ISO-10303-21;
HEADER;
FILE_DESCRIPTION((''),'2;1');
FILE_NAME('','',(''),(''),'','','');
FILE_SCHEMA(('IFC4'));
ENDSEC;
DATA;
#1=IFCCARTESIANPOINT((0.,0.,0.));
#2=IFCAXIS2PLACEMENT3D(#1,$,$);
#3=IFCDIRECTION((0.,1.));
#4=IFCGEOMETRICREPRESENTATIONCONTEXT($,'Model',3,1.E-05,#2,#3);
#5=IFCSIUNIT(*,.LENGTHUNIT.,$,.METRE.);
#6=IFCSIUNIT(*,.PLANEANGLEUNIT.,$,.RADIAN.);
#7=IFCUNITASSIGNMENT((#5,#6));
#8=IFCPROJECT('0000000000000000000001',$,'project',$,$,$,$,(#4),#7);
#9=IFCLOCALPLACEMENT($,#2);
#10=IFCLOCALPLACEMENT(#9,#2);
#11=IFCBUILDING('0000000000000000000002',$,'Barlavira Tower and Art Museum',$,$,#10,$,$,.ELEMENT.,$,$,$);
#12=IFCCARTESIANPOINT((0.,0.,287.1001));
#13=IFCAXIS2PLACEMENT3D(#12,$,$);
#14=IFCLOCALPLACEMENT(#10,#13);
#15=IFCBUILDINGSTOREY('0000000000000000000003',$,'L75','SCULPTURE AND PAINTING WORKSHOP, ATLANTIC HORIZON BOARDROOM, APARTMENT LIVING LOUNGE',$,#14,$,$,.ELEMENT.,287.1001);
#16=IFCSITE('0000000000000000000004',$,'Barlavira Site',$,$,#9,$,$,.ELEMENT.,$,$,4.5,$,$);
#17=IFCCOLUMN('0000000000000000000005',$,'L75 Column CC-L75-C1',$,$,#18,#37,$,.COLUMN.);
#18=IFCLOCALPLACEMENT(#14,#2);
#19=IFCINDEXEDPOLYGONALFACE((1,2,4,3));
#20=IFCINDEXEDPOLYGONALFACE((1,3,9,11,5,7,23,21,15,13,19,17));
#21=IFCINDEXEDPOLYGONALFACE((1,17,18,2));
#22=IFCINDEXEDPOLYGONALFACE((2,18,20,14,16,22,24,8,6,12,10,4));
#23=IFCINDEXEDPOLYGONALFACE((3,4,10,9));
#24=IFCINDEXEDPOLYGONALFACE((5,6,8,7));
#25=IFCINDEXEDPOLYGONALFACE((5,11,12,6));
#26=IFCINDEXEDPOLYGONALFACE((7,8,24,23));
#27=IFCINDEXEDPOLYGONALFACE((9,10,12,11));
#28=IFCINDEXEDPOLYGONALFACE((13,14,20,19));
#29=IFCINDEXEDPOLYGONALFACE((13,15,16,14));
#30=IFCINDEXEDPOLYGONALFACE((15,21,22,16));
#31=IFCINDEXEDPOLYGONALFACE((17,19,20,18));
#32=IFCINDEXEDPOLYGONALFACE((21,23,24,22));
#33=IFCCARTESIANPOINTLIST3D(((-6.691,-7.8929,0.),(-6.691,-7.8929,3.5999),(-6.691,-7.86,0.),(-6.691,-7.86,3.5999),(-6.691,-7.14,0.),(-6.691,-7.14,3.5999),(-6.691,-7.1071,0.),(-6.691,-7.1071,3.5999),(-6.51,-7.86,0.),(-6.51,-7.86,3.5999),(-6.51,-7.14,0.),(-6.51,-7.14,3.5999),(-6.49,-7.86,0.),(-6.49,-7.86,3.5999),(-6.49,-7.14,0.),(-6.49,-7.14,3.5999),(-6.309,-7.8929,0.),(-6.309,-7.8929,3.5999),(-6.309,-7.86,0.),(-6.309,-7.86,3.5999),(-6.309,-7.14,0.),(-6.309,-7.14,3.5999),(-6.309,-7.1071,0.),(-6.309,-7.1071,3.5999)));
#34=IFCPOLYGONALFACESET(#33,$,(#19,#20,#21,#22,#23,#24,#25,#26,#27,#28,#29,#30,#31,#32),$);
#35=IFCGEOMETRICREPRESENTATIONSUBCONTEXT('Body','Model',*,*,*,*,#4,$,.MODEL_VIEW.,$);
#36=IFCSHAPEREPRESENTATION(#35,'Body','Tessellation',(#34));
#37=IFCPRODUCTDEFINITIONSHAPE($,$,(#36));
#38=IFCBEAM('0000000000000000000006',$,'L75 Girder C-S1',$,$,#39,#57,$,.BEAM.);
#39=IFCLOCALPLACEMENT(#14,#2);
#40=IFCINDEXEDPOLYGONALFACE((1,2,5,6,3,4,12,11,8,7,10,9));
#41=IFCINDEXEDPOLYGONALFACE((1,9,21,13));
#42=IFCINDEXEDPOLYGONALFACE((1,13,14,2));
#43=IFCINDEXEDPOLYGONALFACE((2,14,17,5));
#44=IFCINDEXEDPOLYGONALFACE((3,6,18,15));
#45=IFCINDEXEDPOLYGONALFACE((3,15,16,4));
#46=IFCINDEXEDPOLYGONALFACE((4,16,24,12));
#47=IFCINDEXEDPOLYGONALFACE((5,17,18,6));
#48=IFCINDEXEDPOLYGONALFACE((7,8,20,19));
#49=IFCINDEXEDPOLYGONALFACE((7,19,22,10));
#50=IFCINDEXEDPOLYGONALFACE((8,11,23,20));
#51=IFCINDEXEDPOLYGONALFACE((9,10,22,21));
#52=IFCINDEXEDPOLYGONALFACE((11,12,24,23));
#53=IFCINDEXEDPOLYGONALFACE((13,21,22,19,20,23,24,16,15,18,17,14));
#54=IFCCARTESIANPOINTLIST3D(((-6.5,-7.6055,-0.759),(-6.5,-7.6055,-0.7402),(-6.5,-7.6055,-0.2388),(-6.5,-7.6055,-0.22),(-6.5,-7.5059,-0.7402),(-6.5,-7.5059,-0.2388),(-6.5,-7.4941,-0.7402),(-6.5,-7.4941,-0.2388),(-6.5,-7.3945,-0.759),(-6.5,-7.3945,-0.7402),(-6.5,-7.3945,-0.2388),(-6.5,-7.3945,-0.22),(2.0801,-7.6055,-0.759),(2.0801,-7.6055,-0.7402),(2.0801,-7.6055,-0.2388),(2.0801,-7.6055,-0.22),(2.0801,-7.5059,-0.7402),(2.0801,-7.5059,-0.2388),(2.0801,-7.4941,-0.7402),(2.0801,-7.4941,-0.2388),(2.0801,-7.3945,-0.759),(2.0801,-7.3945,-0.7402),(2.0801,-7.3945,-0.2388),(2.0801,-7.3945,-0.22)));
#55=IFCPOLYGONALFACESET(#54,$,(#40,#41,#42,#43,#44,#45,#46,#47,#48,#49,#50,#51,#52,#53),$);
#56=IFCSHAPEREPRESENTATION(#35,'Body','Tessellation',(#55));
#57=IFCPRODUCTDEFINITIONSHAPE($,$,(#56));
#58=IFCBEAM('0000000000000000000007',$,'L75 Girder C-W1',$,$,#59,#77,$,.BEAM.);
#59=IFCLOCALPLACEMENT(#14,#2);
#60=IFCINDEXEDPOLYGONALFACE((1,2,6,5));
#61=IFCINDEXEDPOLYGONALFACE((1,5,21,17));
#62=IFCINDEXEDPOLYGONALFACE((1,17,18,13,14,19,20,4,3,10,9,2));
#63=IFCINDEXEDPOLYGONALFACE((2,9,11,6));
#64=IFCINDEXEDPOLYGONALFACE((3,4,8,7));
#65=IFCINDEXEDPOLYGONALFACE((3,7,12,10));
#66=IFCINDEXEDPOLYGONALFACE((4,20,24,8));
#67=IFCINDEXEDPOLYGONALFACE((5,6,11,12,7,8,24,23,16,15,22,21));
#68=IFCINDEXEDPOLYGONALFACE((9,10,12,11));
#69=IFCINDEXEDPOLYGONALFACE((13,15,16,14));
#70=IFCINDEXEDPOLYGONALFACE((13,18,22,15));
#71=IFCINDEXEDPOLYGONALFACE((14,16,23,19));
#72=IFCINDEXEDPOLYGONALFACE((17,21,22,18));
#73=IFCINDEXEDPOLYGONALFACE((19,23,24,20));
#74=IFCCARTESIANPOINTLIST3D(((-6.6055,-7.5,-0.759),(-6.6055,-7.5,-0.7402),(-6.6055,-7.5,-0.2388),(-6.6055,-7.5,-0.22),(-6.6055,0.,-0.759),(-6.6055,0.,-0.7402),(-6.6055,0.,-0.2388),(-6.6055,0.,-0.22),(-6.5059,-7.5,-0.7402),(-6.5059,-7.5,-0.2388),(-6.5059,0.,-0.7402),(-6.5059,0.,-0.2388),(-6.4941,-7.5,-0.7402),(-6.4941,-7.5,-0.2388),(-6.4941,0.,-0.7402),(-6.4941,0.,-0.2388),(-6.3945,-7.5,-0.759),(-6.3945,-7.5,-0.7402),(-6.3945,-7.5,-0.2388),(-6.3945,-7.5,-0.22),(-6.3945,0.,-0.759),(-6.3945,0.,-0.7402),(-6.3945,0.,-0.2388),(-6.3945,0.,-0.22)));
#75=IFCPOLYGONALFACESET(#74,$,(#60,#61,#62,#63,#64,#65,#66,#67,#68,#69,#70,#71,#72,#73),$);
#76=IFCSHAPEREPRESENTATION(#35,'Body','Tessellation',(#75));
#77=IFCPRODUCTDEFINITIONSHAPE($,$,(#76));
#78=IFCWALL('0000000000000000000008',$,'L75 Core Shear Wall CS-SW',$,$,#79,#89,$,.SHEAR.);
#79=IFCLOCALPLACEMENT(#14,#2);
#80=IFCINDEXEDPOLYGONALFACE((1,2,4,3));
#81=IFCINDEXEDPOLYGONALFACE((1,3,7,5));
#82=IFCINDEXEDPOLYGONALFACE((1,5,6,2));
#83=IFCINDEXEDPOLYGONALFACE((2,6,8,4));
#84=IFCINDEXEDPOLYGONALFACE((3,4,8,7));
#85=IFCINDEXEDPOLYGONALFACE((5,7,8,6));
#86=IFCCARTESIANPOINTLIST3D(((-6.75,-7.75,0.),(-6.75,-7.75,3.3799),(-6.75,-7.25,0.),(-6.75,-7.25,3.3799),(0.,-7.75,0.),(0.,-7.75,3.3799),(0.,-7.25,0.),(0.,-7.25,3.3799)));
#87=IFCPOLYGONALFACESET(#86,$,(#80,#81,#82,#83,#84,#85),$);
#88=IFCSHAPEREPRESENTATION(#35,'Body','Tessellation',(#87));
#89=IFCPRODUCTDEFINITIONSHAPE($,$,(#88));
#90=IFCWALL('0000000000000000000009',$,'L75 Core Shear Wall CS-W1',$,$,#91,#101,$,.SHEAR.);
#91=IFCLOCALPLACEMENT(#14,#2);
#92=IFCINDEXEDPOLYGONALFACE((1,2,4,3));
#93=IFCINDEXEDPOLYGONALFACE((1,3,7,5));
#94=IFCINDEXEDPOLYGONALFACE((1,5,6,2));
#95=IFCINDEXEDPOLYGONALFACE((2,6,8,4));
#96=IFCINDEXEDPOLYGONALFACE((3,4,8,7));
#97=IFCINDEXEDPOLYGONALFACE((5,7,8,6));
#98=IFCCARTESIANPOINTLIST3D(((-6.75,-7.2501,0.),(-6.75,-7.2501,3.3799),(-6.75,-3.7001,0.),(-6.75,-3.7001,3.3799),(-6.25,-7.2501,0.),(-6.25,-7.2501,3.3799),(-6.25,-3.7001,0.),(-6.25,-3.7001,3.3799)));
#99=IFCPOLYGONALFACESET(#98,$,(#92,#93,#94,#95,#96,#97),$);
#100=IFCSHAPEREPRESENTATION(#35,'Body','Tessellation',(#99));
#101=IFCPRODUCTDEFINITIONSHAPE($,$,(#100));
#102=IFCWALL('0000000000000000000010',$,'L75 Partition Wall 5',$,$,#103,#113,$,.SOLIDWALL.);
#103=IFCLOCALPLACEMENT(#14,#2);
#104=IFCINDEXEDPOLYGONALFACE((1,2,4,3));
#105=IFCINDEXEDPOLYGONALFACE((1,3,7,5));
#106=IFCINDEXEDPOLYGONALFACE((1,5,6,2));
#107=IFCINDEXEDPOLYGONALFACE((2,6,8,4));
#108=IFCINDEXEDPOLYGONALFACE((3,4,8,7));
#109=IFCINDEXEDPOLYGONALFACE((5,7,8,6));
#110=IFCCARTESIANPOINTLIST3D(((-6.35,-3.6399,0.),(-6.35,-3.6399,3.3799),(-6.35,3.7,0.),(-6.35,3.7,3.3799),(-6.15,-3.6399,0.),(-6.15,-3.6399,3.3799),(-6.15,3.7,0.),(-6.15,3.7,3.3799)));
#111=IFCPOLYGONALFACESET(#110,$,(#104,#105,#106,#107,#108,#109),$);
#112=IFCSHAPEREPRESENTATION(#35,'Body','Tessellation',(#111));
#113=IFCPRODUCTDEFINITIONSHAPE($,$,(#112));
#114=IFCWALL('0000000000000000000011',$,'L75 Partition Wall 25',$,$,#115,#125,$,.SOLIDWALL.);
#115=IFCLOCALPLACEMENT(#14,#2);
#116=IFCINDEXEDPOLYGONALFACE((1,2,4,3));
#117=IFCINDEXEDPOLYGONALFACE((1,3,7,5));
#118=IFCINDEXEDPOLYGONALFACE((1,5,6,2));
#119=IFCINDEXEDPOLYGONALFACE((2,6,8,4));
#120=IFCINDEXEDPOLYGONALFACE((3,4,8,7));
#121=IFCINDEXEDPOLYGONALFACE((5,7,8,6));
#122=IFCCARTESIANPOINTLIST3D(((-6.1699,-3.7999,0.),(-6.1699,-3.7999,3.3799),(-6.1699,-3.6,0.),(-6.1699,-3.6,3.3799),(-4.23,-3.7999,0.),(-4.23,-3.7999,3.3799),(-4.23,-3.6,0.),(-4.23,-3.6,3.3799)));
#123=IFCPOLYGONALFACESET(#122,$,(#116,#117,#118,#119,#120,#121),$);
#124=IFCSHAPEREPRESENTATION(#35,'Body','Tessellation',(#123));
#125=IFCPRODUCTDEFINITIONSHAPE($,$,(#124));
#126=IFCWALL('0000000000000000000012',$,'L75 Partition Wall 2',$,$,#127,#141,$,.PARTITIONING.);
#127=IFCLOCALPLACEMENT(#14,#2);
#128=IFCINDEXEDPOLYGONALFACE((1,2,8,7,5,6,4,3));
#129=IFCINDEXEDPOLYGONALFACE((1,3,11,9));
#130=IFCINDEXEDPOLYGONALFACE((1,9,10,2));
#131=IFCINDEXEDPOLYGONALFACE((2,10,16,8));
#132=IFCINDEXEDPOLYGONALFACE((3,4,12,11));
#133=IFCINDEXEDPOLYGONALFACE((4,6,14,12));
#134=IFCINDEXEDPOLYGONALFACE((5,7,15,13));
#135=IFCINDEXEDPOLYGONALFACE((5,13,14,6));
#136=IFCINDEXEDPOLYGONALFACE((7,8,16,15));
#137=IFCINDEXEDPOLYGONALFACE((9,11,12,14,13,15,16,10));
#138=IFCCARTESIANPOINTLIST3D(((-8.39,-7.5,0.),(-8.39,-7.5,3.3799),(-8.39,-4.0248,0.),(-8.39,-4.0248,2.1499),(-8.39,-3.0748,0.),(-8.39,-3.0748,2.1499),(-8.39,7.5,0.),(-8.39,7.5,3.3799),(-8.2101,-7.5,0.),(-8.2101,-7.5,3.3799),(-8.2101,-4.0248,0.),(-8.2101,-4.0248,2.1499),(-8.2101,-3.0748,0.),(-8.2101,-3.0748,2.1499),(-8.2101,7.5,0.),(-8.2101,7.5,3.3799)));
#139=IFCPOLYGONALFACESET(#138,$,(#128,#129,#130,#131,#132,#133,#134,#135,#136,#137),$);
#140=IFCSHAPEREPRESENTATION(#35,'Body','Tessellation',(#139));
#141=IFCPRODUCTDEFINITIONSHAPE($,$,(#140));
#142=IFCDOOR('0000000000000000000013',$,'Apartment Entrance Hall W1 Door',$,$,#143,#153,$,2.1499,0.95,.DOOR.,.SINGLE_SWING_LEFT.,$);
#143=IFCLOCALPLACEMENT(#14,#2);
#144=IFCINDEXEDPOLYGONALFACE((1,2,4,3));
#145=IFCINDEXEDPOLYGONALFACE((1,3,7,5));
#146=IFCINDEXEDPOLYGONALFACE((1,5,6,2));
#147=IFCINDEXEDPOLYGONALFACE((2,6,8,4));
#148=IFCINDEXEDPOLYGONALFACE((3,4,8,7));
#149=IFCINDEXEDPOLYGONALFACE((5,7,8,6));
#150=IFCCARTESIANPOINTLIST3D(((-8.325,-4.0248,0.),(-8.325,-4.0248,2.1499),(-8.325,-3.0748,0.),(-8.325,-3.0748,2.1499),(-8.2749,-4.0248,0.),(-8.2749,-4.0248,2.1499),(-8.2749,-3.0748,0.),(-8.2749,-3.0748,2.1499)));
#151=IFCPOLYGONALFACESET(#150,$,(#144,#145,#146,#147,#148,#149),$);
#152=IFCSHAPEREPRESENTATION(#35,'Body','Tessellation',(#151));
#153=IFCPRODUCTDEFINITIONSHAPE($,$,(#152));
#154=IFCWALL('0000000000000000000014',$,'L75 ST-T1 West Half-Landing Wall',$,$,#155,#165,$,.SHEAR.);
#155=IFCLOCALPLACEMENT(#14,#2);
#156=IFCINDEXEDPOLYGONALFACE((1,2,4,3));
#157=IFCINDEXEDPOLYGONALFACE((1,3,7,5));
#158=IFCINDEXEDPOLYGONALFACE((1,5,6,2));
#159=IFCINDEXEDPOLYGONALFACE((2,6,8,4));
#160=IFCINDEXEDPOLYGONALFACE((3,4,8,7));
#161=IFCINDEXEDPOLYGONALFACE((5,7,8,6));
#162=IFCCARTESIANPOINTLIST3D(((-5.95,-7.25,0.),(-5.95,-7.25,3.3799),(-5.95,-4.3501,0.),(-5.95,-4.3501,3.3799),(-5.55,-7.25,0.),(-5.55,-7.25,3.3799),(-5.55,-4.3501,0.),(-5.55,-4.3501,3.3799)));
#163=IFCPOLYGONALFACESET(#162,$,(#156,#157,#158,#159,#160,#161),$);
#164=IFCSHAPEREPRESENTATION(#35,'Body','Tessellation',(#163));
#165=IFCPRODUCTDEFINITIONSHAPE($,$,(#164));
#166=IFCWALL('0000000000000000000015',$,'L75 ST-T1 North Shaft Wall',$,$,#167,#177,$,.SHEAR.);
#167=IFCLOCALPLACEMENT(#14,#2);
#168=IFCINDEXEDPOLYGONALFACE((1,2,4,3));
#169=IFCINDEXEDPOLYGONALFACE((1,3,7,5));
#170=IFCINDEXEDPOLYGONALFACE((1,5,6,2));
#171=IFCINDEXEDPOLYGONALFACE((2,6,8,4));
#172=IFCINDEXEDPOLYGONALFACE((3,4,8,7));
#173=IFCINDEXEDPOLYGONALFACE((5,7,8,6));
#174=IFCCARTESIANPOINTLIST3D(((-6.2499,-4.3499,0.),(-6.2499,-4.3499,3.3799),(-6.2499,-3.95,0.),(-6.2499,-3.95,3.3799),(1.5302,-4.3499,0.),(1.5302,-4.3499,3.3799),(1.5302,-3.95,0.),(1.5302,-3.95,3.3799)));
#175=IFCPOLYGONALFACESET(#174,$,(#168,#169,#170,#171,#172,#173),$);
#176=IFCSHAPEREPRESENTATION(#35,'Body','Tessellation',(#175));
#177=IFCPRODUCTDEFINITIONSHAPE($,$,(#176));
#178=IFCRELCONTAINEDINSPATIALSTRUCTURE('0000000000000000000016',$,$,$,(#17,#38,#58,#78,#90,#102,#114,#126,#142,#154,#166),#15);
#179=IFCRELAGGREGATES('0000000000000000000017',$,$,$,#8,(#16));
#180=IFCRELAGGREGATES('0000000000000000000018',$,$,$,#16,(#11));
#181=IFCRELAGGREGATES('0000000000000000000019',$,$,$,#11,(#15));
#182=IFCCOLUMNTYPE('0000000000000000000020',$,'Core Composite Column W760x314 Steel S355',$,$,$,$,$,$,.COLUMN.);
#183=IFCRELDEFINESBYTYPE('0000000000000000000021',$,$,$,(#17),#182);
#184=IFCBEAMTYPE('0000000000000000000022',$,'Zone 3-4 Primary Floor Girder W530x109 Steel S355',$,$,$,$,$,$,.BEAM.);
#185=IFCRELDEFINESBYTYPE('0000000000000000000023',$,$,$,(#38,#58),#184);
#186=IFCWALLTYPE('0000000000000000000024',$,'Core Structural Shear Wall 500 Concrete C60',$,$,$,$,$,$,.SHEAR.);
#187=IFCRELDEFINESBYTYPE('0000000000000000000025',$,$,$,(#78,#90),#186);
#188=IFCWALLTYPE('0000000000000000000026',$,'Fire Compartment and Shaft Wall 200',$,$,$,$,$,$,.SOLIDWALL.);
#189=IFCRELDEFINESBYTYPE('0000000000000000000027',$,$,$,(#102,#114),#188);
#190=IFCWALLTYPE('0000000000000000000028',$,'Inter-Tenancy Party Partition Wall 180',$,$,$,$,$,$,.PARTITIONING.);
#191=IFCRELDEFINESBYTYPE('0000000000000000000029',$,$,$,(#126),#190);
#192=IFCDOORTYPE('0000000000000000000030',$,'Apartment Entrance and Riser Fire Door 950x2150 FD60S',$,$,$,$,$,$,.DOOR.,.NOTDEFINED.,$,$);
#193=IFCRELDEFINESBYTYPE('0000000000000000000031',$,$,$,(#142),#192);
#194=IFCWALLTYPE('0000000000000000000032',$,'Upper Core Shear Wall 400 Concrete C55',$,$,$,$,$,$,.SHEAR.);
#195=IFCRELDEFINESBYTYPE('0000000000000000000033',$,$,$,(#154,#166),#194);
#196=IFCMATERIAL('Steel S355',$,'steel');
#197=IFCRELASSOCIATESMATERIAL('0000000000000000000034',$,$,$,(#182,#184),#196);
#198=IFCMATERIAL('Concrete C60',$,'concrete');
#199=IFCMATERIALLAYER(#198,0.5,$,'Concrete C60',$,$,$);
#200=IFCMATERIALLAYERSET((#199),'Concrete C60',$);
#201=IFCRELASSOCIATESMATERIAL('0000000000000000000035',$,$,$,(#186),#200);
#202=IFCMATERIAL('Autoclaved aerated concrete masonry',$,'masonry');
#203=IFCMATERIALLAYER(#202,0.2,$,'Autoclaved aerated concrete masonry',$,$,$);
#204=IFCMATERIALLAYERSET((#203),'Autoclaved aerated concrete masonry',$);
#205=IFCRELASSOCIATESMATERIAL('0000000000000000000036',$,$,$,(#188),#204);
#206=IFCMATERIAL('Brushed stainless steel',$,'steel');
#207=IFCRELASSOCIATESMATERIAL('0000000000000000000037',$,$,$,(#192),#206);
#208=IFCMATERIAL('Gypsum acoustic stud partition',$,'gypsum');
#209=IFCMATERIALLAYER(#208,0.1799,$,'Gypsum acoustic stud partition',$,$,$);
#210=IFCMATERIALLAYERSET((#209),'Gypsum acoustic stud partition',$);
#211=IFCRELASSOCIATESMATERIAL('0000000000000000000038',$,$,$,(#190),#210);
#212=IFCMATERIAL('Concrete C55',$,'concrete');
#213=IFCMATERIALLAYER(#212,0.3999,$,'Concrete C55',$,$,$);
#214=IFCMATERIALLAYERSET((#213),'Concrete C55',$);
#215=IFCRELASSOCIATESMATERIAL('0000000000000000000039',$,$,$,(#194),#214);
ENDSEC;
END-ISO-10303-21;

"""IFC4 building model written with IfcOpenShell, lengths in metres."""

from ifc_helpers import new_model, si_unit, direction, frame, frame_2d, origin, origin_2d, place, context, subcontext, project, spatial, rectangle, i_section, extrude, material, layer, layer_set, material_profile, profile_set, type_object, element, fill, save


model = new_model("IFC4")

# Units and contexts
model_context = context("Model", 3, precision=1e-05, world=origin(), true_north=direction((0.0, 1.0)))
body_context = subcontext(model_context, "Body", "Model", "MODEL_VIEW")
ifc_project = project(units=[si_unit("LENGTHUNIT", "METRE"), si_unit("PLANEANGLEUNIT", "RADIAN")], contexts=[model_context])

# Site, building, storey
site_placement = place(None, origin())
site = spatial("IfcSite", under=ifc_project, at=site_placement, Name="Barlavira Site", CompositionType="ELEMENT", RefElevation=4.5)
building_placement = place(site_placement, origin())
building = spatial("IfcBuilding", under=site, at=building_placement, Name="Barlavira Tower and Art Museum", CompositionType="ELEMENT")
storey_placement = place(building_placement, frame((0.0, 0.0, 287.1001)))
storey = spatial("IfcBuildingStorey", under=building, at=storey_placement, Name="L75", Description="SCULPTURE AND PAINTING WORKSHOP, ATLANTIC HORIZON BOARDROOM, APARTMENT LIVING LOUNGE", CompositionType="ELEMENT", Elevation=287.1001)

# Column
ifc_material_1 = material(Name="Steel S355", Category="steel")
ifc_material_profile_1 = material_profile(ifc_material_1, i_section(OverallWidth=0.3821, OverallDepth=0.7859, WebThickness=0.02, FlangeThickness=0.033, at=origin_2d()), Name="W760x314.0")
ifc_profile_set_1 = profile_set([ifc_material_profile_1], Name="Steel S355")
column_type = type_object("IfcColumnType", Name="Core Composite Column W760x314 Steel S355", PredefinedType="COLUMN", material=ifc_profile_set_1)
column_placement = place(storey_placement, frame((-6.5, -7.5, 0.0), z_axis=(0.0, 0.0, 1.0), x_axis=(1.0, 0.0, 0.0)))
element("IfcColumn", 1, at=column_placement, inside=storey, type_object=column_type, Name="L75 Column CC-L75-C1", PredefinedType="COLUMN", context=body_context, shape_type="SweptSolid", body=[
    extrude(i_section(OverallWidth=0.3821, OverallDepth=0.7859, WebThickness=0.02, FlangeThickness=0.033, at=origin_2d()), origin(), (0.0, 0.0, 1.0), 3.5999),
])

# Beams
ifc_material_profile_2 = material_profile(ifc_material_1, i_section(OverallWidth=0.2109, OverallDepth=0.5391, WebThickness=0.0117, FlangeThickness=0.0188, at=origin_2d()), Name="W530x109.0")
ifc_profile_set_2 = profile_set([ifc_material_profile_2], Name="Steel S355")
beam_type = type_object("IfcBeamType", Name="Zone 3-4 Primary Floor Girder W530x109 Steel S355", PredefinedType="BEAM", material=ifc_profile_set_2)
beam_1_placement = place(storey_placement, frame((-6.5, -7.5, -0.4895), z_axis=(1.0, 0.0, 0.0), x_axis=(0.0, 1.0, 0.0)))
element("IfcBeam", 2, at=beam_1_placement, inside=storey, type_object=beam_type, Name="L75 Girder C-S1", PredefinedType="BEAM", context=body_context, shape_type="SweptSolid", body=[
    extrude(i_section(OverallWidth=0.2109, OverallDepth=0.5391, WebThickness=0.0117, FlangeThickness=0.0188, at=origin_2d()), origin(), (0.0, 0.0, 1.0), 8.5801),
])
beam_2_placement = place(storey_placement, frame((-6.5, -7.5, -0.4895), z_axis=(0.0, 1.0, 0.0), x_axis=(-1.0, 0.0, 0.0)))
element("IfcBeam", 3, at=beam_2_placement, inside=storey, type_object=beam_type, Name="L75 Girder C-W1", PredefinedType="BEAM", context=body_context, shape_type="SweptSolid", body=[
    extrude(i_section(OverallWidth=0.2109, OverallDepth=0.5391, WebThickness=0.0117, FlangeThickness=0.0188, at=origin_2d()), origin(), (0.0, 0.0, 1.0), 7.5),
])

# Walls
ifc_material_2 = material(Name="Concrete C60", Category="concrete")
ifc_layer_1 = layer(ifc_material_2, 0.5, Name="Concrete C60")
ifc_layer_set_1 = layer_set([ifc_layer_1], Name="Concrete C60")
wall_type_1 = type_object("IfcWallType", Name="Core Structural Shear Wall 500 Concrete C60", PredefinedType="SHEAR", material=ifc_layer_set_1)
wall_1_placement = place(storey_placement, frame((-6.75, -7.5, 0.0), z_axis=(0.0, 0.0, 1.0), x_axis=(1.0, 0.0, 0.0)))
element("IfcWall", 4, at=wall_1_placement, inside=storey, type_object=wall_type_1, Name="L75 Core Shear Wall CS-SW", PredefinedType="SHEAR", context=body_context, shape_type="SweptSolid", body=[
    extrude(rectangle(XDim=6.75, YDim=0.5, at=frame_2d((3.375, 0.0))), origin(), (0.0, 0.0, 1.0), 3.3799),
])
wall_2_placement = place(storey_placement, frame((-6.5, -7.25, 0.0), z_axis=(0.0, 0.0, 1.0), x_axis=(0.0, 1.0, 0.0)))
element("IfcWall", 5, at=wall_2_placement, inside=storey, type_object=wall_type_1, Name="L75 Core Shear Wall CS-W1", PredefinedType="SHEAR", context=body_context, shape_type="SweptSolid", body=[
    extrude(rectangle(XDim=3.55, YDim=0.5, at=frame_2d((1.7749, 0.0))), origin(), (0.0, 0.0, 1.0), 3.3799),
])
ifc_material_3 = material(Name="Autoclaved aerated concrete masonry", Category="masonry")
ifc_layer_2 = layer(ifc_material_3, 0.2, Name="Autoclaved aerated concrete masonry")
ifc_layer_set_2 = layer_set([ifc_layer_2], Name="Autoclaved aerated concrete masonry")
wall_type_2 = type_object("IfcWallType", Name="Fire Compartment and Shaft Wall 200", PredefinedType="SOLIDWALL", material=ifc_layer_set_2)
wall_3_placement = place(storey_placement, frame((-6.25, -3.6399, 0.0), z_axis=(0.0, 0.0, 1.0), x_axis=(0.0, 1.0, 0.0)))
element("IfcWall", 6, at=wall_3_placement, inside=storey, type_object=wall_type_2, Name="L75 Partition Wall 5", PredefinedType="SOLIDWALL", context=body_context, shape_type="SweptSolid", body=[
    extrude(rectangle(XDim=7.3398, YDim=0.2, at=frame_2d((3.6699, 0.0))), origin(), (0.0, 0.0, 1.0), 3.3799),
])

# Shared definitions
ifc_material_4 = material(Name="Brushed stainless steel", Category="steel")
door_type = type_object("IfcDoorType", Name="Apartment Entrance and Riser Fire Door 950x2150 FD60S", OperationType="NOTDEFINED", PredefinedType="DOOR", material=ifc_material_4)

# Wall
wall_4_placement = place(storey_placement, frame((-6.1699, -3.7, 0.0), z_axis=(0.0, 0.0, 1.0), x_axis=(1.0, 0.0, 0.0)))
element("IfcWall", 7, at=wall_4_placement, inside=storey, type_object=wall_type_2, Name="L75 Partition Wall 25", PredefinedType="SOLIDWALL", context=body_context, shape_type="SweptSolid", body=[
    extrude(rectangle(XDim=1.9399, YDim=0.2, at=frame_2d((0.97, 0.0))), origin(), (0.0, 0.0, 1.0), 3.3799),
])

# Wall, opening, door
ifc_material_5 = material(Name="Gypsum acoustic stud partition", Category="gypsum")
ifc_layer_3 = layer(ifc_material_5, 0.1799, Name="Gypsum acoustic stud partition")
ifc_layer_set_3 = layer_set([ifc_layer_3], Name="Gypsum acoustic stud partition")
wall_type_3 = type_object("IfcWallType", Name="Inter-Tenancy Party Partition Wall 180", PredefinedType="PARTITIONING", material=ifc_layer_set_3)
wall_5_placement = place(storey_placement, frame((-8.3, -7.5, 0.0), z_axis=(0.0, 0.0, 1.0), x_axis=(0.0, 1.0, 0.0)))
wall_5 = element("IfcWall", 8, at=wall_5_placement, inside=storey, type_object=wall_type_3, Name="L75 Partition Wall 2", PredefinedType="PARTITIONING", context=body_context, shape_type="SweptSolid", body=[
    extrude(rectangle(XDim=15.0, YDim=0.1799, at=frame_2d((7.5, 0.0))), origin(), (0.0, 0.0, 1.0), 3.3799),
])
opening_1_placement = place(wall_5_placement, frame((3.4751, 0.0, 0.0)))
opening_1 = element("IfcOpeningElement", 9, at=opening_1_placement, cuts=wall_5, PredefinedType="OPENING", context=body_context, shape_type="SweptSolid", body=[
    extrude(rectangle(XDim=0.95, YDim=2.1499, at=frame_2d((0.4751, 1.075))), frame((0.0, 0.1001, 0.0), z_axis=(0.0, -1.0, 0.0), x_axis=(1.0, 0.0, 0.0)), (0.0, 0.0, 1.0), 0.2),
])
door_1_placement = place(opening_1_placement, origin())
door_1 = element("IfcDoor", 10, at=door_1_placement, inside=storey, type_object=door_type, Name="Apartment Entrance Hall W1 Door", OperationType="SINGLE_SWING_LEFT", OverallHeight=2.1499, OverallWidth=0.95, PredefinedType="DOOR", context=body_context, shape_type="SweptSolid", body=[
    extrude(rectangle(XDim=0.95, YDim=2.1499, at=frame_2d((0.4751, 1.075))), frame((0.0, 0.0249, 0.0), z_axis=(0.0, -1.0, 0.0), x_axis=(1.0, 0.0, 0.0)), (0.0, 0.0, 1.0), 0.05),
])
fill(opening_1, door_1)

# Walls
ifc_material_6 = material(Name="Concrete C55", Category="concrete")
ifc_layer_4 = layer(ifc_material_6, 0.3999, Name="Concrete C55")
ifc_layer_set_4 = layer_set([ifc_layer_4], Name="Concrete C55")
wall_type_4 = type_object("IfcWallType", Name="Upper Core Shear Wall 400 Concrete C55", PredefinedType="SHEAR", material=ifc_layer_set_4)
wall_6_placement = place(storey_placement, frame((-5.75, -7.25, 0.0), z_axis=(0.0, 0.0, 1.0), x_axis=(0.0, 1.0, 0.0)))
element("IfcWall", 11, at=wall_6_placement, inside=storey, type_object=wall_type_4, Name="L75 ST-T1 West Half-Landing Wall", PredefinedType="SHEAR", context=body_context, shape_type="SweptSolid", body=[
    extrude(rectangle(XDim=2.8999, YDim=0.3999, at=frame_2d((1.45, 0.0))), origin(), (0.0, 0.0, 1.0), 3.3799),
])
wall_7_placement = place(storey_placement, frame((-6.25, -4.1499, 0.0), z_axis=(0.0, 0.0, 1.0), x_axis=(1.0, 0.0, 0.0)))
element("IfcWall", 12, at=wall_7_placement, inside=storey, type_object=wall_type_4, Name="L75 ST-T1 North Shaft Wall", PredefinedType="SHEAR", context=body_context, shape_type="SweptSolid", body=[
    extrude(rectangle(XDim=7.78, YDim=0.3999, at=frame_2d((3.8901, 0.0))), origin(), (0.0, 0.0, 1.0), 3.3799),
])

save(model, "model.ifc")
